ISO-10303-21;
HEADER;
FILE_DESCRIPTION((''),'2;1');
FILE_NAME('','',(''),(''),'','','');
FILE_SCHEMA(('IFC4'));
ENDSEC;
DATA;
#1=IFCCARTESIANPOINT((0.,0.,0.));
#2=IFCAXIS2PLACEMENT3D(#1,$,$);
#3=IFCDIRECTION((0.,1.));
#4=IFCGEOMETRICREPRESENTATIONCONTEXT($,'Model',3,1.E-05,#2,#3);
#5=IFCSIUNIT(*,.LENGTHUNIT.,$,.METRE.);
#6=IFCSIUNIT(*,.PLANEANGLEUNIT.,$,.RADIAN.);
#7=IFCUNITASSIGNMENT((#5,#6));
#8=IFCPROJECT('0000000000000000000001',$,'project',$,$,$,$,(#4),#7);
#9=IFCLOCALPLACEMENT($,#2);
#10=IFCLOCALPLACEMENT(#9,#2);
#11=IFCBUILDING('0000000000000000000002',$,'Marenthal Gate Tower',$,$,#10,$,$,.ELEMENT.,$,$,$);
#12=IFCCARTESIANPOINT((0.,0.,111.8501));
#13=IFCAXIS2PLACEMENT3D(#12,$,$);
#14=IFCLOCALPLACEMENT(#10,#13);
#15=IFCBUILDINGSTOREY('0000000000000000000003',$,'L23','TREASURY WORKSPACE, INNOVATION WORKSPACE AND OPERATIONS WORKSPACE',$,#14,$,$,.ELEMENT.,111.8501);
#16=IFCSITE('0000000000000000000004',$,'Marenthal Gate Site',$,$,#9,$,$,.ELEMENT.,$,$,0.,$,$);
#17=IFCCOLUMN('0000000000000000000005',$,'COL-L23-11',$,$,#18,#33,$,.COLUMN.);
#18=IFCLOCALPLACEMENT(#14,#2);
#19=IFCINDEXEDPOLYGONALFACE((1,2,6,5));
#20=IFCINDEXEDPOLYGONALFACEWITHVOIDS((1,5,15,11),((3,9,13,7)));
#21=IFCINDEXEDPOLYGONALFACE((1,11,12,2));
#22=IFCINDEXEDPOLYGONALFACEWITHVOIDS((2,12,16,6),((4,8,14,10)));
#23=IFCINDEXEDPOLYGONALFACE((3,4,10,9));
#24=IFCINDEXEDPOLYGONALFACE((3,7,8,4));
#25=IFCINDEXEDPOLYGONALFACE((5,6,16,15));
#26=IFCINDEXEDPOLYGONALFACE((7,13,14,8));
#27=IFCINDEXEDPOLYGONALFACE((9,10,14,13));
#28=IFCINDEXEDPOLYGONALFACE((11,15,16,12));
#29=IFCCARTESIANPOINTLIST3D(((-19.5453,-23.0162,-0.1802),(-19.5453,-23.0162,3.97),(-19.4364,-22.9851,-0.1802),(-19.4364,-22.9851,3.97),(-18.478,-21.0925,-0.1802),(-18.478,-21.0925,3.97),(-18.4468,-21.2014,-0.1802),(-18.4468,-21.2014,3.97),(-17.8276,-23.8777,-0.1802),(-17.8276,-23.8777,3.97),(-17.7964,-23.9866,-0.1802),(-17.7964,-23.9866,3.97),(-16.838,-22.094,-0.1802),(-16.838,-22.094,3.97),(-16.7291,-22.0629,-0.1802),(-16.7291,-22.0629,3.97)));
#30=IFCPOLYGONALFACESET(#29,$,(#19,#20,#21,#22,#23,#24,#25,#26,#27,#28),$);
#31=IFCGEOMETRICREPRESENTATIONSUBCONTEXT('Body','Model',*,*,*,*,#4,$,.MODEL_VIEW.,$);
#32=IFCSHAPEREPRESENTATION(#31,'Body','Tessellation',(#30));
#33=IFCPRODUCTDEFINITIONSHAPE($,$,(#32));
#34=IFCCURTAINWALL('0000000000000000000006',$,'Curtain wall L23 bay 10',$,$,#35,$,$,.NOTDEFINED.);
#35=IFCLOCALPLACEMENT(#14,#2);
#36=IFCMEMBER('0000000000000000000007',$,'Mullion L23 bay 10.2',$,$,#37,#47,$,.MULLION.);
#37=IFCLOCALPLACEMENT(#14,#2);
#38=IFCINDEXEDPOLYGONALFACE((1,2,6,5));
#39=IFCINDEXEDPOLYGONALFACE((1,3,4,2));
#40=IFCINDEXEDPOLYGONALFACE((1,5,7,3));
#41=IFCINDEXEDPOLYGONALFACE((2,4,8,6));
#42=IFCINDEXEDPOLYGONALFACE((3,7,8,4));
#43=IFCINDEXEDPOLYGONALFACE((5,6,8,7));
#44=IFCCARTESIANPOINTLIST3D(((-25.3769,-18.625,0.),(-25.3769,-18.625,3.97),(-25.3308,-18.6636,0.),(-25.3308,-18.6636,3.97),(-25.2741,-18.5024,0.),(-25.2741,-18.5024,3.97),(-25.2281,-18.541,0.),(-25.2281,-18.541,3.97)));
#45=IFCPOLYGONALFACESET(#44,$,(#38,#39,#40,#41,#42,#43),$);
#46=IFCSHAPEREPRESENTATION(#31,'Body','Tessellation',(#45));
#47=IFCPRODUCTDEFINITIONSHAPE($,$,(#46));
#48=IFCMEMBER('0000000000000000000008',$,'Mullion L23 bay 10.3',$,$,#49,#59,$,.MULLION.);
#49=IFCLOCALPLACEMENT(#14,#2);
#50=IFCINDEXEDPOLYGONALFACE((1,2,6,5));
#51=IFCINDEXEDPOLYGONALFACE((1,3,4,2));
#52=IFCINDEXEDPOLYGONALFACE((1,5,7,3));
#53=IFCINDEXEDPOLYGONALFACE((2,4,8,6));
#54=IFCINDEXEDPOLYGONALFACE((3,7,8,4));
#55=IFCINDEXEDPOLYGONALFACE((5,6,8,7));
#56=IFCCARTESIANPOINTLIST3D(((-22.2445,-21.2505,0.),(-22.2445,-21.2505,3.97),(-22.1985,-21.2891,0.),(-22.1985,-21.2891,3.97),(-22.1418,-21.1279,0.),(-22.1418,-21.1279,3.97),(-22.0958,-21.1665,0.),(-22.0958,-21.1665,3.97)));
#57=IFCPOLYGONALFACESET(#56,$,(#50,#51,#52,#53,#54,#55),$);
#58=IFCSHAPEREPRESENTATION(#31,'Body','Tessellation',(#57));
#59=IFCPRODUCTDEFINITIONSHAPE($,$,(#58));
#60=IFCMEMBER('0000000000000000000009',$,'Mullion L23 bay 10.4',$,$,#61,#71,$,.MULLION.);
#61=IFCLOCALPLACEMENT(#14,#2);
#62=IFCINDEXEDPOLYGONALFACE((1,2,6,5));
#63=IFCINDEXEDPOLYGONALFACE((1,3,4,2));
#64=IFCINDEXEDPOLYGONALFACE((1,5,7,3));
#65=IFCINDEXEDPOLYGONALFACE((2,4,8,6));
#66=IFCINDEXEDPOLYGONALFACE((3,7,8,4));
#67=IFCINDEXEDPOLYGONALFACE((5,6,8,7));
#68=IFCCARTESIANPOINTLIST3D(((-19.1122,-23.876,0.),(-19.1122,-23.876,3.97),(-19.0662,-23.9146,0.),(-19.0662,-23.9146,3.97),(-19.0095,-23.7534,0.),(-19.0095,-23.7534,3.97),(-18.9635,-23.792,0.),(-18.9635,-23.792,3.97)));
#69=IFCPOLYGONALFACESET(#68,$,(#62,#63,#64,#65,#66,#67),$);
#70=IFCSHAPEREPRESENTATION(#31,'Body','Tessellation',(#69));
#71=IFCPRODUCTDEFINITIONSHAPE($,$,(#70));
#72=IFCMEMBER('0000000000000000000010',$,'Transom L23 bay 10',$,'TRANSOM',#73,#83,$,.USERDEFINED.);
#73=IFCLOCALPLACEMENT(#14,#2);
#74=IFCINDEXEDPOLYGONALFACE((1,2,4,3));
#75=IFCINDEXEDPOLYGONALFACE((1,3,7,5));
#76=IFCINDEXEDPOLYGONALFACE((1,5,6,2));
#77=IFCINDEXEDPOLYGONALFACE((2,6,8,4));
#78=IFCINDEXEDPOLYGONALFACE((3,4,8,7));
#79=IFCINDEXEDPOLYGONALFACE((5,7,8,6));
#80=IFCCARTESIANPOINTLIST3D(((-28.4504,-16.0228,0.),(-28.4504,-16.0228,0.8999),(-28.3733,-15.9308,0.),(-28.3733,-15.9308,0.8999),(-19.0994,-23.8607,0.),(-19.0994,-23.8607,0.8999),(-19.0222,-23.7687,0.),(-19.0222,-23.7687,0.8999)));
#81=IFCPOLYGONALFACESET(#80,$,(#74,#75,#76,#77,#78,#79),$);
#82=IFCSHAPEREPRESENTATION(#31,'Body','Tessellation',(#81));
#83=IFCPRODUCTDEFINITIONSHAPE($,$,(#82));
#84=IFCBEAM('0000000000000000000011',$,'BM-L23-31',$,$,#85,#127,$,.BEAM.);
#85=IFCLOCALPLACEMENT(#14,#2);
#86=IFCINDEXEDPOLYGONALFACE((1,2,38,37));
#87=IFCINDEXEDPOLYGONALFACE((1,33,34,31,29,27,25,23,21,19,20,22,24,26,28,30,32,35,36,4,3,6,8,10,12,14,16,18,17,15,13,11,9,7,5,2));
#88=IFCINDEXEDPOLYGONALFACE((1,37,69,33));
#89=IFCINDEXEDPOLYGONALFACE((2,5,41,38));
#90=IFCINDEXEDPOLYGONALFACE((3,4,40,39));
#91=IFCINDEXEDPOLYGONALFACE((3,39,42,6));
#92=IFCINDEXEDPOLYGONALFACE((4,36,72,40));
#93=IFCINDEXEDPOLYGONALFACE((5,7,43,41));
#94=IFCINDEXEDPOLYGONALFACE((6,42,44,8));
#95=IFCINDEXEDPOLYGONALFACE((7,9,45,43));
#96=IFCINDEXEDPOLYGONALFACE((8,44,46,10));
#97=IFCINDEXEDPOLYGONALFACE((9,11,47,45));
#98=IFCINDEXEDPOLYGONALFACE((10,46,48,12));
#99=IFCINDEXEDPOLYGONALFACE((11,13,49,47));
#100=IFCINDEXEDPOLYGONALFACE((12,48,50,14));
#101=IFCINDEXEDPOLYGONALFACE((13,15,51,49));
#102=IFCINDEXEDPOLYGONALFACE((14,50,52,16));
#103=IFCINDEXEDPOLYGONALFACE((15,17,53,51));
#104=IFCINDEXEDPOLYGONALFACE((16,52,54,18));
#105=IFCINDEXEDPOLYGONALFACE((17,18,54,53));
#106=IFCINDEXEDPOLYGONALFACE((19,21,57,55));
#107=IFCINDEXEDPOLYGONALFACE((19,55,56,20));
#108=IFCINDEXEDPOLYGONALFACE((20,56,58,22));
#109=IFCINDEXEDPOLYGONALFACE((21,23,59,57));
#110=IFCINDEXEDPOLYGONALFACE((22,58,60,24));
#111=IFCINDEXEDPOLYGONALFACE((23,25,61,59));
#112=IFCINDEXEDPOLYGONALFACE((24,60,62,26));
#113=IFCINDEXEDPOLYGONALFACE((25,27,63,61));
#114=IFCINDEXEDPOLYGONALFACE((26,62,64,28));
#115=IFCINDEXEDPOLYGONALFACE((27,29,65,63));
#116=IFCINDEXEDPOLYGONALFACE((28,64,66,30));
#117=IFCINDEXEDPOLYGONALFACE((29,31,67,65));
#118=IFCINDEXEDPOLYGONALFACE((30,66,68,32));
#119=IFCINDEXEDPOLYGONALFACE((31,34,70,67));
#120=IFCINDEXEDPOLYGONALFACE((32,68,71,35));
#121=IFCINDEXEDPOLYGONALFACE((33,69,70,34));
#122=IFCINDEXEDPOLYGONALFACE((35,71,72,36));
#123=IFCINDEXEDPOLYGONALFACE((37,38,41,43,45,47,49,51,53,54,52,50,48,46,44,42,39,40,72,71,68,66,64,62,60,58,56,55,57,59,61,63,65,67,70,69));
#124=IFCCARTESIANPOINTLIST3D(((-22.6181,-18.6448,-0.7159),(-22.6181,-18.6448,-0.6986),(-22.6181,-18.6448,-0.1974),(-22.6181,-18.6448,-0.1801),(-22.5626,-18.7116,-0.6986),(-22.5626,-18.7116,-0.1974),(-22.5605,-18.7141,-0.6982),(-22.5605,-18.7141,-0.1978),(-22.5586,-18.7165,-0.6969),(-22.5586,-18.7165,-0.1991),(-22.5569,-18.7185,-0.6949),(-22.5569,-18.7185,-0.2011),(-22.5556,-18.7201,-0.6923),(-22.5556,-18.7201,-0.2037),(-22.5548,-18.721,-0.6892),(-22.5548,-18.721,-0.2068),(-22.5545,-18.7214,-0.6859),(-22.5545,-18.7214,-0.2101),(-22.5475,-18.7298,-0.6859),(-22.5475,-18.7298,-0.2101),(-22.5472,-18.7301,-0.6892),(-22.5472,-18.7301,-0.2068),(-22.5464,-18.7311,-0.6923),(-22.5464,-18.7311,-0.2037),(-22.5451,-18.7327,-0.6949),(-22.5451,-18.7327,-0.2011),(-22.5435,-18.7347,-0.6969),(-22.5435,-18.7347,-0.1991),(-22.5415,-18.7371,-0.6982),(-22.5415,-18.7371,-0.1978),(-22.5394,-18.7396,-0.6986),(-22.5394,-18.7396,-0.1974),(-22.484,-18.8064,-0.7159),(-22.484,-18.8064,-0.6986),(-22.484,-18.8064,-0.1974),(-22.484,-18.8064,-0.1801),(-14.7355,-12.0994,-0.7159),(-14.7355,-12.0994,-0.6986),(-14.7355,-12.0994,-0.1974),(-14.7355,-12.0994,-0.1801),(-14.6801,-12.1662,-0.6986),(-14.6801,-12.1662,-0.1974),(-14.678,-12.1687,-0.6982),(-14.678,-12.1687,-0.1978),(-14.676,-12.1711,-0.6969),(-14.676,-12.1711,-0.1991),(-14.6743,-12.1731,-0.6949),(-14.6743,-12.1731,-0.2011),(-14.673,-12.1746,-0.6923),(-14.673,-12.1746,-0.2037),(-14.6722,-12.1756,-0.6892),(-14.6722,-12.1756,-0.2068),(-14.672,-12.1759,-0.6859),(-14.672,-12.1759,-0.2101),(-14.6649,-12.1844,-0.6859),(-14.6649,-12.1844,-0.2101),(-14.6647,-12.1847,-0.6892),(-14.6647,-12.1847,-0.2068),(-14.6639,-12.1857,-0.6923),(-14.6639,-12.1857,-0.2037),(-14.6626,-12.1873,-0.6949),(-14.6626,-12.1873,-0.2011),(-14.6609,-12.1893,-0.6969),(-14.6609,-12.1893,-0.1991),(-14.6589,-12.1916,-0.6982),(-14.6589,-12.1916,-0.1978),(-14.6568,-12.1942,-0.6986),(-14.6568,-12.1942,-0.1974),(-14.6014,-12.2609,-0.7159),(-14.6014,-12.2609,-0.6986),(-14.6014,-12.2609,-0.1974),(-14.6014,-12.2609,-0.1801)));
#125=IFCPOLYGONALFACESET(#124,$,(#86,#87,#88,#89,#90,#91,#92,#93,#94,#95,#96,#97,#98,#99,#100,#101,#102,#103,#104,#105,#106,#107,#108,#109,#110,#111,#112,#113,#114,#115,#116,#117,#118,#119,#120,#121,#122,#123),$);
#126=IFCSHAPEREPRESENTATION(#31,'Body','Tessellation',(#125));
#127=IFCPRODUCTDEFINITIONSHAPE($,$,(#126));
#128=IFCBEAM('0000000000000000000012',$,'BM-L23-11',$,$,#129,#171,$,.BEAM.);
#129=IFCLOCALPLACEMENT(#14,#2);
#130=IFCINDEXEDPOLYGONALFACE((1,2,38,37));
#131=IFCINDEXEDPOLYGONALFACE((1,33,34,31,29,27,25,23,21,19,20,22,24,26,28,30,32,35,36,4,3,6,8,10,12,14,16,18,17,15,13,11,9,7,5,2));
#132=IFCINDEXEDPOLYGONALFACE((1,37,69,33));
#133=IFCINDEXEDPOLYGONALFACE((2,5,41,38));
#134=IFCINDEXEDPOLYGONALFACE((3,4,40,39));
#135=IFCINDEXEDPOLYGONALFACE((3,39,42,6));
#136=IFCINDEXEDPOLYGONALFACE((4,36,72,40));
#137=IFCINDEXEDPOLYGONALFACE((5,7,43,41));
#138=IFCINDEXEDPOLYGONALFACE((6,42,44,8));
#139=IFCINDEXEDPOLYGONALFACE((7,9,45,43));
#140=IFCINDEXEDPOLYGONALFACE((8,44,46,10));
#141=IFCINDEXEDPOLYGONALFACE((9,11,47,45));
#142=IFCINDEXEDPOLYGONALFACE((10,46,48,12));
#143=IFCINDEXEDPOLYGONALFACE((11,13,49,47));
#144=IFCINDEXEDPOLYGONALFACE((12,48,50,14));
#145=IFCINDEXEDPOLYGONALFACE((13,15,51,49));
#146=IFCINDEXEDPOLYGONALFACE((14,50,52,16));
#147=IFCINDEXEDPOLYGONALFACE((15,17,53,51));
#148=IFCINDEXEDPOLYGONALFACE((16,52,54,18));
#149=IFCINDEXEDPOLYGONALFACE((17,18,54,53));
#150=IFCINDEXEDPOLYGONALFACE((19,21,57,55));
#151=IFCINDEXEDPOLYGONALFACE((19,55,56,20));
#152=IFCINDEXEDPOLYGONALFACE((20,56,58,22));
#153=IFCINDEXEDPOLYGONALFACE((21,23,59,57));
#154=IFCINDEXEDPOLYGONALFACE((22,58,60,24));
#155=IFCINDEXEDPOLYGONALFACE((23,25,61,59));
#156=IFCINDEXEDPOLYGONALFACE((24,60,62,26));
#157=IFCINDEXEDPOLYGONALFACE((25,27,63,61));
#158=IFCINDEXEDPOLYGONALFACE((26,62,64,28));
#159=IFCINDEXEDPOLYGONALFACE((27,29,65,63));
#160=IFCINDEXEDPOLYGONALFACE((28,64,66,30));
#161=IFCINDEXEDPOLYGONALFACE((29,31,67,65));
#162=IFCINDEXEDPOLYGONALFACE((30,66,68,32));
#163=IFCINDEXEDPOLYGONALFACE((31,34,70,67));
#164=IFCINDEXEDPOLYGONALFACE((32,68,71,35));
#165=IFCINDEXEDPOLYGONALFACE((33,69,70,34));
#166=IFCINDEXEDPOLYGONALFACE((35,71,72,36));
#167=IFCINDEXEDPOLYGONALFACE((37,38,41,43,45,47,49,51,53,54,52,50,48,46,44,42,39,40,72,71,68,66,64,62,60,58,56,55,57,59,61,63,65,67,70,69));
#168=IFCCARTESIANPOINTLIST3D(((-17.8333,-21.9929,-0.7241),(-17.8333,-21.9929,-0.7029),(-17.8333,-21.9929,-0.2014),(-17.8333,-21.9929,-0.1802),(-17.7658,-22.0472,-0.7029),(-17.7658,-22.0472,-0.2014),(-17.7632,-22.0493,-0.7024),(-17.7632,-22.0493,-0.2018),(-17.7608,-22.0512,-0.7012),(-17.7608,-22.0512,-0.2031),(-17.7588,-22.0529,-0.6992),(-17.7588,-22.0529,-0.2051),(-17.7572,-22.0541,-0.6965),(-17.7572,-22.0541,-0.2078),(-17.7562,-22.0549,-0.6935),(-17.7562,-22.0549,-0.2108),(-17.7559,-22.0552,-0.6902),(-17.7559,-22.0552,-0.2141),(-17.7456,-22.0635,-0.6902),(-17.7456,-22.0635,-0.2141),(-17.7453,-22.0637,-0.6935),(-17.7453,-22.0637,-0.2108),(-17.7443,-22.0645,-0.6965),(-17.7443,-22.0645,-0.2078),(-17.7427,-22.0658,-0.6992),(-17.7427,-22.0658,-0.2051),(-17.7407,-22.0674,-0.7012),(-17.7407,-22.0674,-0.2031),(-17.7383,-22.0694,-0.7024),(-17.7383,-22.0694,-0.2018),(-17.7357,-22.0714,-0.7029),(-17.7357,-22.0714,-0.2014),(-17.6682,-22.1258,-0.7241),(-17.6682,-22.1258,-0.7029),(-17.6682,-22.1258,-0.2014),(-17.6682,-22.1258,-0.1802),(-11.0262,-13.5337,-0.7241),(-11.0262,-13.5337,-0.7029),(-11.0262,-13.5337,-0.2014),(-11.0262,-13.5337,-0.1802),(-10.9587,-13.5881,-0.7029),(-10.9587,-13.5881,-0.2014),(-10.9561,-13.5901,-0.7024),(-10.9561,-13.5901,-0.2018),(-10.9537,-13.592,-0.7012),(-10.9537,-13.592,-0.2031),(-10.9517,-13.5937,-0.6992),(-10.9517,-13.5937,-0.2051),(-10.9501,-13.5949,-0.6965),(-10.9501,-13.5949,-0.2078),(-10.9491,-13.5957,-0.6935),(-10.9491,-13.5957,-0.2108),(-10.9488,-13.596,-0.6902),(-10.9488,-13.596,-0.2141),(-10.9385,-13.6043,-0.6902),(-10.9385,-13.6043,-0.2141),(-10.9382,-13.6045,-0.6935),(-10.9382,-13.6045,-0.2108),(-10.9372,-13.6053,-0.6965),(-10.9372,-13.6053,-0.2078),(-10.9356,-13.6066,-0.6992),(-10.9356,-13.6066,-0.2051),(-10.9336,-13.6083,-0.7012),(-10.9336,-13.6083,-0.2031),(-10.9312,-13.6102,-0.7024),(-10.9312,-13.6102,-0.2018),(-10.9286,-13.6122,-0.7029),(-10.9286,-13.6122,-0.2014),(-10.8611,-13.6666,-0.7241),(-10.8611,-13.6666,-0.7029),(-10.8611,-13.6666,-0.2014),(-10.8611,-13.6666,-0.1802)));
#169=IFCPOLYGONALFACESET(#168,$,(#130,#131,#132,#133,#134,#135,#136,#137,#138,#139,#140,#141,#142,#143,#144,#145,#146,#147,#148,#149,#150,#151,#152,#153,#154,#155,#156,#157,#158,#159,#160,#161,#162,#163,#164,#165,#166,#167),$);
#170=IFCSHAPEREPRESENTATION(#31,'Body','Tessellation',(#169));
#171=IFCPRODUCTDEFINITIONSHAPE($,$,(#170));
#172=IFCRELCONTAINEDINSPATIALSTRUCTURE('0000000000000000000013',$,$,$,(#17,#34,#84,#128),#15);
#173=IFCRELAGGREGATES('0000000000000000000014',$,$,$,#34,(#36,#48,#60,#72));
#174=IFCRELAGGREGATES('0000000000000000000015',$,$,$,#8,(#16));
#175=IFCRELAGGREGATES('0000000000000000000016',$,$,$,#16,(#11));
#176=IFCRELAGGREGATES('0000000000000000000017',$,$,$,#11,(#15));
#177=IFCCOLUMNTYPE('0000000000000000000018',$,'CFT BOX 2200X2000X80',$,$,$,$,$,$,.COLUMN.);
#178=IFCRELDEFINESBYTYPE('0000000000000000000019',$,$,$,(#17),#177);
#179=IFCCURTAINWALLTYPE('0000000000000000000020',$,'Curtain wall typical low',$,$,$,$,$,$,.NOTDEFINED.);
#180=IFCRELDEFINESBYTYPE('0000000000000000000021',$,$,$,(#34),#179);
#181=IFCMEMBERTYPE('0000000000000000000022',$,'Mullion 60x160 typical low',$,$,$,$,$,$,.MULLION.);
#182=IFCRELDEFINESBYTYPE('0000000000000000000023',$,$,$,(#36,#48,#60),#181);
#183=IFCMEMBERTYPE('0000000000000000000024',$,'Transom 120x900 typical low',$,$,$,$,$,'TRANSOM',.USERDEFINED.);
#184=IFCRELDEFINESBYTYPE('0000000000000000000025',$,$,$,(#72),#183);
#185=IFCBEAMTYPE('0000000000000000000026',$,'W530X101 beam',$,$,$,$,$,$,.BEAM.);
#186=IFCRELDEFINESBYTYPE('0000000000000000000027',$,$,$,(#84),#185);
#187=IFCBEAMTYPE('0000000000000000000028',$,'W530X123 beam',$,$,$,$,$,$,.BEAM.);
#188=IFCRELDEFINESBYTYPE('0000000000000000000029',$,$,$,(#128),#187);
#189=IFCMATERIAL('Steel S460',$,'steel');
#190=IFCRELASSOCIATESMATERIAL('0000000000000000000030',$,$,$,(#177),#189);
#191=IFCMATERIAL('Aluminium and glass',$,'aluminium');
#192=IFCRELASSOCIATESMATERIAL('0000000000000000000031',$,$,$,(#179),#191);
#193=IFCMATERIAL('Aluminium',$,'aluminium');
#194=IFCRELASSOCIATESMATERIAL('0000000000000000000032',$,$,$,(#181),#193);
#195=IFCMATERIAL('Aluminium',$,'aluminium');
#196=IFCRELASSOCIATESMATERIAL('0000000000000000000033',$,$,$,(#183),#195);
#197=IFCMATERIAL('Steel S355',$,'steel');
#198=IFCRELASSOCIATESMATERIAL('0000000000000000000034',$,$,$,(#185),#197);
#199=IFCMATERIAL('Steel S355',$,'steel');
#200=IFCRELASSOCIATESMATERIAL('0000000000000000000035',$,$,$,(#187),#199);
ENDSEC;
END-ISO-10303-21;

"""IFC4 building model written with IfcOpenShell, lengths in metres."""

from ifc_helpers import new_model, si_unit, direction, frame, origin, origin_2d, place, context, subcontext, project, spatial, rectangle, hollow_rectangle, i_section, extrude, material, material_profile, profile_set, type_object, element, aggregate, save


model = new_model("IFC4")

# Units and contexts
model_context = context("Model", 3, precision=1e-05, world=origin(), true_north=direction((0.0, 1.0)))
body_context = subcontext(model_context, "Body", "Model", "MODEL_VIEW")
ifc_project = project(units=[si_unit("LENGTHUNIT", "METRE"), si_unit("PLANEANGLEUNIT", "RADIAN")], contexts=[model_context])

# Site, building, storey
site_placement = place(None, origin())
site = spatial("IfcSite", under=ifc_project, at=site_placement, Name="Marenthal Gate Site", CompositionType="ELEMENT", RefElevation=0.0)
building_placement = place(site_placement, origin())
building = spatial("IfcBuilding", under=site, at=building_placement, Name="Marenthal Gate Tower", CompositionType="ELEMENT")
storey_placement = place(building_placement, frame((0.0, 0.0, 111.8501)))
storey = spatial("IfcBuildingStorey", under=building, at=storey_placement, Name="L23", Description="TREASURY WORKSPACE, INNOVATION WORKSPACE AND OPERATIONS WORKSPACE", CompositionType="ELEMENT", Elevation=111.8501)

# Column
ifc_material_1 = material(Name="Steel S460", Category="steel")
ifc_material_profile_1 = material_profile(ifc_material_1, hollow_rectangle(XDim=2.0, YDim=2.2, WallThickness=0.0801, at=origin_2d()), Name="CFT BOX 2200X2000X80")
ifc_material_2 = material(Name="Concrete 70 MPa", Category="concrete")
ifc_material_profile_2 = material_profile(ifc_material_2, rectangle(XDim=1.8401, YDim=2.04, at=origin_2d()), Name="CFT BOX 2200X2000X80 INFILL")
ifc_profile_set_1 = profile_set([ifc_material_profile_1, ifc_material_profile_2], Name="Steel S460 shell, Concrete 70 MPa infill")
column_type = type_object("IfcColumnType", Name="CFT BOX 2200X2000X80", PredefinedType="COLUMN", material=ifc_profile_set_1)
column_placement = place(storey_placement, frame((-18.1372, -22.5396, -0.1802), z_axis=(0.0, 0.0, 1.0), x_axis=(-0.874427, 0.485158, 0.0)))
element("IfcColumn", 1, at=column_placement, inside=storey, type_object=column_type, Name="COL-L23-11", PredefinedType="COLUMN", context=body_context, shape_type="SweptSolid", body=[
    extrude(hollow_rectangle(XDim=2.0, YDim=2.2, WallThickness=0.0801, at=origin_2d()), origin(), (0.0, 0.0, 1.0), 4.1501),
])

# Curtain wall, members
ifc_material_3 = material(Name="Aluminium and glass", Category="aluminium")
curtain_wall_type = type_object("IfcCurtainWallType", Name="Curtain wall typical low", PredefinedType="NOTDEFINED", material=ifc_material_3)
curtain_wall_placement = place(storey_placement, origin())
curtain_wall = element("IfcCurtainWall", 2, at=curtain_wall_placement, inside=storey, type_object=curtain_wall_type, Name="Curtain wall L23 bay 10", PredefinedType="NOTDEFINED")
ifc_material_4 = material(Name="Aluminium", Category="aluminium")
ifc_material_profile_3 = material_profile(ifc_material_4, rectangle(XDim=0.1599, YDim=0.0601, at=origin_2d()), Name="60x160 aluminium mullion")
ifc_profile_set_2 = profile_set([ifc_material_profile_3], Name="Aluminium")
member_type_1 = type_object("IfcMemberType", Name="Mullion 60x160 typical low", PredefinedType="MULLION", material=ifc_profile_set_2)
member_1_placement = place(storey_placement, frame((-25.3025, -18.583, 0.0), z_axis=(0.0, 0.0, 1.0), x_axis=(0.642377, 0.766389, 0.0)))
member_1 = element("IfcMember", 3, at=member_1_placement, type_object=member_type_1, Name="Mullion L23 bay 10.2", PredefinedType="MULLION", context=body_context, shape_type="SweptSolid", body=[
    extrude(rectangle(XDim=0.1599, YDim=0.0601, at=origin_2d()), origin(), (0.0, 0.0, 1.0), 3.97),
])
member_2_placement = place(storey_placement, frame((-22.1702, -21.2085, 0.0), z_axis=(0.0, 0.0, 1.0), x_axis=(0.642377, 0.766389, 0.0)))
member_2 = element("IfcMember", 4, at=member_2_placement, type_object=member_type_1, Name="Mullion L23 bay 10.3", PredefinedType="MULLION", context=body_context, shape_type="SweptSolid", body=[
    extrude(rectangle(XDim=0.1599, YDim=0.0601, at=origin_2d()), origin(), (0.0, 0.0, 1.0), 3.97),
])
member_3_placement = place(storey_placement, frame((-19.0378, -23.834, 0.0), z_axis=(0.0, 0.0, 1.0), x_axis=(0.642377, 0.766389, 0.0)))
member_3 = element("IfcMember", 5, at=member_3_placement, type_object=member_type_1, Name="Mullion L23 bay 10.4", PredefinedType="MULLION", context=body_context, shape_type="SweptSolid", body=[
    extrude(rectangle(XDim=0.1599, YDim=0.0601, at=origin_2d()), origin(), (0.0, 0.0, 1.0), 3.97),
])
ifc_material_5 = material(Name="Aluminium", Category="aluminium")
ifc_material_profile_4 = material_profile(ifc_material_5, rectangle(XDim=0.1201, YDim=0.8999, at=origin_2d()), Name="120x900 aluminium transom")
ifc_profile_set_3 = profile_set([ifc_material_profile_4], Name="Aluminium")
member_type_2 = type_object("IfcMemberType", Name="Transom 120x900 typical low", ElementType="TRANSOM", PredefinedType="USERDEFINED", material=ifc_profile_set_3)
member_4_placement = place(storey_placement, frame((-28.4119, -15.9768, 0.45), z_axis=(0.766391, -0.642374, 0.0), x_axis=(0.642374, 0.766391, 0.0)))
member_4 = element("IfcMember", 6, at=member_4_placement, type_object=member_type_2, Name="Transom L23 bay 10", ObjectType="TRANSOM", PredefinedType="USERDEFINED", context=body_context, shape_type="SweptSolid", body=[
    extrude(rectangle(XDim=0.1201, YDim=0.8999, at=origin_2d()), origin(), (0.0, 0.0, 1.0), 12.2014),
])

# Beams
ifc_material_6 = material(Name="Steel S355", Category="steel")
ifc_material_profile_5 = material_profile(ifc_material_6, i_section(OverallWidth=0.21, OverallDepth=0.5359, WebThickness=0.011, FlangeThickness=0.0173, FilletRadius=0.0127, at=origin_2d()), Name="W530X101")
ifc_profile_set_4 = profile_set([ifc_material_profile_5], Name="Steel S355")
beam_type_1 = type_object("IfcBeamType", Name="W530X101 beam", PredefinedType="BEAM", material=ifc_profile_set_4)
beam_1_placement = place(storey_placement, frame((-22.551, -18.7256, -0.448), z_axis=(0.769343, 0.638836, 0.0), x_axis=(-0.638836, 0.769343, 0.0)))
element("IfcBeam", 7, at=beam_1_placement, inside=storey, type_object=beam_type_1, Name="BM-L23-31", PredefinedType="BEAM", context=body_context, shape_type="SweptSolid", body=[
    extrude(i_section(OverallWidth=0.21, OverallDepth=0.5359, WebThickness=0.011, FlangeThickness=0.0173, FilletRadius=0.0127, at=origin_2d()), origin(), (0.0, 0.0, 1.0), 10.2458),
])
ifc_material_7 = material(Name="Steel S355", Category="steel")
ifc_material_profile_6 = material_profile(ifc_material_7, i_section(OverallWidth=0.2119, OverallDepth=0.5439, WebThickness=0.0132, FlangeThickness=0.0212, FilletRadius=0.0127, at=origin_2d()), Name="W530X123")
ifc_profile_set_5 = profile_set([ifc_material_profile_6], Name="Steel S355")
beam_type_2 = type_object("IfcBeamType", Name="W530X123 beam", PredefinedType="BEAM", material=ifc_profile_set_5)
beam_2_placement = place(storey_placement, frame((-17.7507, -22.0593, -0.4521), z_axis=(0.626925, 0.77908, 0.0), x_axis=(-0.77908, 0.626925, 0.0)))
element("IfcBeam", 8, at=beam_2_placement, inside=storey, type_object=beam_type_2, Name="BM-L23-11", PredefinedType="BEAM", context=body_context, shape_type="SweptSolid", body=[
    extrude(i_section(OverallWidth=0.2119, OverallDepth=0.5439, WebThickness=0.0132, FlangeThickness=0.0212, FilletRadius=0.0127, at=origin_2d()), origin(), (0.0, 0.0, 1.0), 10.8579),
])

aggregate(curtain_wall, [member_1, member_2, member_3, member_4])

save(model, "model.ifc")
